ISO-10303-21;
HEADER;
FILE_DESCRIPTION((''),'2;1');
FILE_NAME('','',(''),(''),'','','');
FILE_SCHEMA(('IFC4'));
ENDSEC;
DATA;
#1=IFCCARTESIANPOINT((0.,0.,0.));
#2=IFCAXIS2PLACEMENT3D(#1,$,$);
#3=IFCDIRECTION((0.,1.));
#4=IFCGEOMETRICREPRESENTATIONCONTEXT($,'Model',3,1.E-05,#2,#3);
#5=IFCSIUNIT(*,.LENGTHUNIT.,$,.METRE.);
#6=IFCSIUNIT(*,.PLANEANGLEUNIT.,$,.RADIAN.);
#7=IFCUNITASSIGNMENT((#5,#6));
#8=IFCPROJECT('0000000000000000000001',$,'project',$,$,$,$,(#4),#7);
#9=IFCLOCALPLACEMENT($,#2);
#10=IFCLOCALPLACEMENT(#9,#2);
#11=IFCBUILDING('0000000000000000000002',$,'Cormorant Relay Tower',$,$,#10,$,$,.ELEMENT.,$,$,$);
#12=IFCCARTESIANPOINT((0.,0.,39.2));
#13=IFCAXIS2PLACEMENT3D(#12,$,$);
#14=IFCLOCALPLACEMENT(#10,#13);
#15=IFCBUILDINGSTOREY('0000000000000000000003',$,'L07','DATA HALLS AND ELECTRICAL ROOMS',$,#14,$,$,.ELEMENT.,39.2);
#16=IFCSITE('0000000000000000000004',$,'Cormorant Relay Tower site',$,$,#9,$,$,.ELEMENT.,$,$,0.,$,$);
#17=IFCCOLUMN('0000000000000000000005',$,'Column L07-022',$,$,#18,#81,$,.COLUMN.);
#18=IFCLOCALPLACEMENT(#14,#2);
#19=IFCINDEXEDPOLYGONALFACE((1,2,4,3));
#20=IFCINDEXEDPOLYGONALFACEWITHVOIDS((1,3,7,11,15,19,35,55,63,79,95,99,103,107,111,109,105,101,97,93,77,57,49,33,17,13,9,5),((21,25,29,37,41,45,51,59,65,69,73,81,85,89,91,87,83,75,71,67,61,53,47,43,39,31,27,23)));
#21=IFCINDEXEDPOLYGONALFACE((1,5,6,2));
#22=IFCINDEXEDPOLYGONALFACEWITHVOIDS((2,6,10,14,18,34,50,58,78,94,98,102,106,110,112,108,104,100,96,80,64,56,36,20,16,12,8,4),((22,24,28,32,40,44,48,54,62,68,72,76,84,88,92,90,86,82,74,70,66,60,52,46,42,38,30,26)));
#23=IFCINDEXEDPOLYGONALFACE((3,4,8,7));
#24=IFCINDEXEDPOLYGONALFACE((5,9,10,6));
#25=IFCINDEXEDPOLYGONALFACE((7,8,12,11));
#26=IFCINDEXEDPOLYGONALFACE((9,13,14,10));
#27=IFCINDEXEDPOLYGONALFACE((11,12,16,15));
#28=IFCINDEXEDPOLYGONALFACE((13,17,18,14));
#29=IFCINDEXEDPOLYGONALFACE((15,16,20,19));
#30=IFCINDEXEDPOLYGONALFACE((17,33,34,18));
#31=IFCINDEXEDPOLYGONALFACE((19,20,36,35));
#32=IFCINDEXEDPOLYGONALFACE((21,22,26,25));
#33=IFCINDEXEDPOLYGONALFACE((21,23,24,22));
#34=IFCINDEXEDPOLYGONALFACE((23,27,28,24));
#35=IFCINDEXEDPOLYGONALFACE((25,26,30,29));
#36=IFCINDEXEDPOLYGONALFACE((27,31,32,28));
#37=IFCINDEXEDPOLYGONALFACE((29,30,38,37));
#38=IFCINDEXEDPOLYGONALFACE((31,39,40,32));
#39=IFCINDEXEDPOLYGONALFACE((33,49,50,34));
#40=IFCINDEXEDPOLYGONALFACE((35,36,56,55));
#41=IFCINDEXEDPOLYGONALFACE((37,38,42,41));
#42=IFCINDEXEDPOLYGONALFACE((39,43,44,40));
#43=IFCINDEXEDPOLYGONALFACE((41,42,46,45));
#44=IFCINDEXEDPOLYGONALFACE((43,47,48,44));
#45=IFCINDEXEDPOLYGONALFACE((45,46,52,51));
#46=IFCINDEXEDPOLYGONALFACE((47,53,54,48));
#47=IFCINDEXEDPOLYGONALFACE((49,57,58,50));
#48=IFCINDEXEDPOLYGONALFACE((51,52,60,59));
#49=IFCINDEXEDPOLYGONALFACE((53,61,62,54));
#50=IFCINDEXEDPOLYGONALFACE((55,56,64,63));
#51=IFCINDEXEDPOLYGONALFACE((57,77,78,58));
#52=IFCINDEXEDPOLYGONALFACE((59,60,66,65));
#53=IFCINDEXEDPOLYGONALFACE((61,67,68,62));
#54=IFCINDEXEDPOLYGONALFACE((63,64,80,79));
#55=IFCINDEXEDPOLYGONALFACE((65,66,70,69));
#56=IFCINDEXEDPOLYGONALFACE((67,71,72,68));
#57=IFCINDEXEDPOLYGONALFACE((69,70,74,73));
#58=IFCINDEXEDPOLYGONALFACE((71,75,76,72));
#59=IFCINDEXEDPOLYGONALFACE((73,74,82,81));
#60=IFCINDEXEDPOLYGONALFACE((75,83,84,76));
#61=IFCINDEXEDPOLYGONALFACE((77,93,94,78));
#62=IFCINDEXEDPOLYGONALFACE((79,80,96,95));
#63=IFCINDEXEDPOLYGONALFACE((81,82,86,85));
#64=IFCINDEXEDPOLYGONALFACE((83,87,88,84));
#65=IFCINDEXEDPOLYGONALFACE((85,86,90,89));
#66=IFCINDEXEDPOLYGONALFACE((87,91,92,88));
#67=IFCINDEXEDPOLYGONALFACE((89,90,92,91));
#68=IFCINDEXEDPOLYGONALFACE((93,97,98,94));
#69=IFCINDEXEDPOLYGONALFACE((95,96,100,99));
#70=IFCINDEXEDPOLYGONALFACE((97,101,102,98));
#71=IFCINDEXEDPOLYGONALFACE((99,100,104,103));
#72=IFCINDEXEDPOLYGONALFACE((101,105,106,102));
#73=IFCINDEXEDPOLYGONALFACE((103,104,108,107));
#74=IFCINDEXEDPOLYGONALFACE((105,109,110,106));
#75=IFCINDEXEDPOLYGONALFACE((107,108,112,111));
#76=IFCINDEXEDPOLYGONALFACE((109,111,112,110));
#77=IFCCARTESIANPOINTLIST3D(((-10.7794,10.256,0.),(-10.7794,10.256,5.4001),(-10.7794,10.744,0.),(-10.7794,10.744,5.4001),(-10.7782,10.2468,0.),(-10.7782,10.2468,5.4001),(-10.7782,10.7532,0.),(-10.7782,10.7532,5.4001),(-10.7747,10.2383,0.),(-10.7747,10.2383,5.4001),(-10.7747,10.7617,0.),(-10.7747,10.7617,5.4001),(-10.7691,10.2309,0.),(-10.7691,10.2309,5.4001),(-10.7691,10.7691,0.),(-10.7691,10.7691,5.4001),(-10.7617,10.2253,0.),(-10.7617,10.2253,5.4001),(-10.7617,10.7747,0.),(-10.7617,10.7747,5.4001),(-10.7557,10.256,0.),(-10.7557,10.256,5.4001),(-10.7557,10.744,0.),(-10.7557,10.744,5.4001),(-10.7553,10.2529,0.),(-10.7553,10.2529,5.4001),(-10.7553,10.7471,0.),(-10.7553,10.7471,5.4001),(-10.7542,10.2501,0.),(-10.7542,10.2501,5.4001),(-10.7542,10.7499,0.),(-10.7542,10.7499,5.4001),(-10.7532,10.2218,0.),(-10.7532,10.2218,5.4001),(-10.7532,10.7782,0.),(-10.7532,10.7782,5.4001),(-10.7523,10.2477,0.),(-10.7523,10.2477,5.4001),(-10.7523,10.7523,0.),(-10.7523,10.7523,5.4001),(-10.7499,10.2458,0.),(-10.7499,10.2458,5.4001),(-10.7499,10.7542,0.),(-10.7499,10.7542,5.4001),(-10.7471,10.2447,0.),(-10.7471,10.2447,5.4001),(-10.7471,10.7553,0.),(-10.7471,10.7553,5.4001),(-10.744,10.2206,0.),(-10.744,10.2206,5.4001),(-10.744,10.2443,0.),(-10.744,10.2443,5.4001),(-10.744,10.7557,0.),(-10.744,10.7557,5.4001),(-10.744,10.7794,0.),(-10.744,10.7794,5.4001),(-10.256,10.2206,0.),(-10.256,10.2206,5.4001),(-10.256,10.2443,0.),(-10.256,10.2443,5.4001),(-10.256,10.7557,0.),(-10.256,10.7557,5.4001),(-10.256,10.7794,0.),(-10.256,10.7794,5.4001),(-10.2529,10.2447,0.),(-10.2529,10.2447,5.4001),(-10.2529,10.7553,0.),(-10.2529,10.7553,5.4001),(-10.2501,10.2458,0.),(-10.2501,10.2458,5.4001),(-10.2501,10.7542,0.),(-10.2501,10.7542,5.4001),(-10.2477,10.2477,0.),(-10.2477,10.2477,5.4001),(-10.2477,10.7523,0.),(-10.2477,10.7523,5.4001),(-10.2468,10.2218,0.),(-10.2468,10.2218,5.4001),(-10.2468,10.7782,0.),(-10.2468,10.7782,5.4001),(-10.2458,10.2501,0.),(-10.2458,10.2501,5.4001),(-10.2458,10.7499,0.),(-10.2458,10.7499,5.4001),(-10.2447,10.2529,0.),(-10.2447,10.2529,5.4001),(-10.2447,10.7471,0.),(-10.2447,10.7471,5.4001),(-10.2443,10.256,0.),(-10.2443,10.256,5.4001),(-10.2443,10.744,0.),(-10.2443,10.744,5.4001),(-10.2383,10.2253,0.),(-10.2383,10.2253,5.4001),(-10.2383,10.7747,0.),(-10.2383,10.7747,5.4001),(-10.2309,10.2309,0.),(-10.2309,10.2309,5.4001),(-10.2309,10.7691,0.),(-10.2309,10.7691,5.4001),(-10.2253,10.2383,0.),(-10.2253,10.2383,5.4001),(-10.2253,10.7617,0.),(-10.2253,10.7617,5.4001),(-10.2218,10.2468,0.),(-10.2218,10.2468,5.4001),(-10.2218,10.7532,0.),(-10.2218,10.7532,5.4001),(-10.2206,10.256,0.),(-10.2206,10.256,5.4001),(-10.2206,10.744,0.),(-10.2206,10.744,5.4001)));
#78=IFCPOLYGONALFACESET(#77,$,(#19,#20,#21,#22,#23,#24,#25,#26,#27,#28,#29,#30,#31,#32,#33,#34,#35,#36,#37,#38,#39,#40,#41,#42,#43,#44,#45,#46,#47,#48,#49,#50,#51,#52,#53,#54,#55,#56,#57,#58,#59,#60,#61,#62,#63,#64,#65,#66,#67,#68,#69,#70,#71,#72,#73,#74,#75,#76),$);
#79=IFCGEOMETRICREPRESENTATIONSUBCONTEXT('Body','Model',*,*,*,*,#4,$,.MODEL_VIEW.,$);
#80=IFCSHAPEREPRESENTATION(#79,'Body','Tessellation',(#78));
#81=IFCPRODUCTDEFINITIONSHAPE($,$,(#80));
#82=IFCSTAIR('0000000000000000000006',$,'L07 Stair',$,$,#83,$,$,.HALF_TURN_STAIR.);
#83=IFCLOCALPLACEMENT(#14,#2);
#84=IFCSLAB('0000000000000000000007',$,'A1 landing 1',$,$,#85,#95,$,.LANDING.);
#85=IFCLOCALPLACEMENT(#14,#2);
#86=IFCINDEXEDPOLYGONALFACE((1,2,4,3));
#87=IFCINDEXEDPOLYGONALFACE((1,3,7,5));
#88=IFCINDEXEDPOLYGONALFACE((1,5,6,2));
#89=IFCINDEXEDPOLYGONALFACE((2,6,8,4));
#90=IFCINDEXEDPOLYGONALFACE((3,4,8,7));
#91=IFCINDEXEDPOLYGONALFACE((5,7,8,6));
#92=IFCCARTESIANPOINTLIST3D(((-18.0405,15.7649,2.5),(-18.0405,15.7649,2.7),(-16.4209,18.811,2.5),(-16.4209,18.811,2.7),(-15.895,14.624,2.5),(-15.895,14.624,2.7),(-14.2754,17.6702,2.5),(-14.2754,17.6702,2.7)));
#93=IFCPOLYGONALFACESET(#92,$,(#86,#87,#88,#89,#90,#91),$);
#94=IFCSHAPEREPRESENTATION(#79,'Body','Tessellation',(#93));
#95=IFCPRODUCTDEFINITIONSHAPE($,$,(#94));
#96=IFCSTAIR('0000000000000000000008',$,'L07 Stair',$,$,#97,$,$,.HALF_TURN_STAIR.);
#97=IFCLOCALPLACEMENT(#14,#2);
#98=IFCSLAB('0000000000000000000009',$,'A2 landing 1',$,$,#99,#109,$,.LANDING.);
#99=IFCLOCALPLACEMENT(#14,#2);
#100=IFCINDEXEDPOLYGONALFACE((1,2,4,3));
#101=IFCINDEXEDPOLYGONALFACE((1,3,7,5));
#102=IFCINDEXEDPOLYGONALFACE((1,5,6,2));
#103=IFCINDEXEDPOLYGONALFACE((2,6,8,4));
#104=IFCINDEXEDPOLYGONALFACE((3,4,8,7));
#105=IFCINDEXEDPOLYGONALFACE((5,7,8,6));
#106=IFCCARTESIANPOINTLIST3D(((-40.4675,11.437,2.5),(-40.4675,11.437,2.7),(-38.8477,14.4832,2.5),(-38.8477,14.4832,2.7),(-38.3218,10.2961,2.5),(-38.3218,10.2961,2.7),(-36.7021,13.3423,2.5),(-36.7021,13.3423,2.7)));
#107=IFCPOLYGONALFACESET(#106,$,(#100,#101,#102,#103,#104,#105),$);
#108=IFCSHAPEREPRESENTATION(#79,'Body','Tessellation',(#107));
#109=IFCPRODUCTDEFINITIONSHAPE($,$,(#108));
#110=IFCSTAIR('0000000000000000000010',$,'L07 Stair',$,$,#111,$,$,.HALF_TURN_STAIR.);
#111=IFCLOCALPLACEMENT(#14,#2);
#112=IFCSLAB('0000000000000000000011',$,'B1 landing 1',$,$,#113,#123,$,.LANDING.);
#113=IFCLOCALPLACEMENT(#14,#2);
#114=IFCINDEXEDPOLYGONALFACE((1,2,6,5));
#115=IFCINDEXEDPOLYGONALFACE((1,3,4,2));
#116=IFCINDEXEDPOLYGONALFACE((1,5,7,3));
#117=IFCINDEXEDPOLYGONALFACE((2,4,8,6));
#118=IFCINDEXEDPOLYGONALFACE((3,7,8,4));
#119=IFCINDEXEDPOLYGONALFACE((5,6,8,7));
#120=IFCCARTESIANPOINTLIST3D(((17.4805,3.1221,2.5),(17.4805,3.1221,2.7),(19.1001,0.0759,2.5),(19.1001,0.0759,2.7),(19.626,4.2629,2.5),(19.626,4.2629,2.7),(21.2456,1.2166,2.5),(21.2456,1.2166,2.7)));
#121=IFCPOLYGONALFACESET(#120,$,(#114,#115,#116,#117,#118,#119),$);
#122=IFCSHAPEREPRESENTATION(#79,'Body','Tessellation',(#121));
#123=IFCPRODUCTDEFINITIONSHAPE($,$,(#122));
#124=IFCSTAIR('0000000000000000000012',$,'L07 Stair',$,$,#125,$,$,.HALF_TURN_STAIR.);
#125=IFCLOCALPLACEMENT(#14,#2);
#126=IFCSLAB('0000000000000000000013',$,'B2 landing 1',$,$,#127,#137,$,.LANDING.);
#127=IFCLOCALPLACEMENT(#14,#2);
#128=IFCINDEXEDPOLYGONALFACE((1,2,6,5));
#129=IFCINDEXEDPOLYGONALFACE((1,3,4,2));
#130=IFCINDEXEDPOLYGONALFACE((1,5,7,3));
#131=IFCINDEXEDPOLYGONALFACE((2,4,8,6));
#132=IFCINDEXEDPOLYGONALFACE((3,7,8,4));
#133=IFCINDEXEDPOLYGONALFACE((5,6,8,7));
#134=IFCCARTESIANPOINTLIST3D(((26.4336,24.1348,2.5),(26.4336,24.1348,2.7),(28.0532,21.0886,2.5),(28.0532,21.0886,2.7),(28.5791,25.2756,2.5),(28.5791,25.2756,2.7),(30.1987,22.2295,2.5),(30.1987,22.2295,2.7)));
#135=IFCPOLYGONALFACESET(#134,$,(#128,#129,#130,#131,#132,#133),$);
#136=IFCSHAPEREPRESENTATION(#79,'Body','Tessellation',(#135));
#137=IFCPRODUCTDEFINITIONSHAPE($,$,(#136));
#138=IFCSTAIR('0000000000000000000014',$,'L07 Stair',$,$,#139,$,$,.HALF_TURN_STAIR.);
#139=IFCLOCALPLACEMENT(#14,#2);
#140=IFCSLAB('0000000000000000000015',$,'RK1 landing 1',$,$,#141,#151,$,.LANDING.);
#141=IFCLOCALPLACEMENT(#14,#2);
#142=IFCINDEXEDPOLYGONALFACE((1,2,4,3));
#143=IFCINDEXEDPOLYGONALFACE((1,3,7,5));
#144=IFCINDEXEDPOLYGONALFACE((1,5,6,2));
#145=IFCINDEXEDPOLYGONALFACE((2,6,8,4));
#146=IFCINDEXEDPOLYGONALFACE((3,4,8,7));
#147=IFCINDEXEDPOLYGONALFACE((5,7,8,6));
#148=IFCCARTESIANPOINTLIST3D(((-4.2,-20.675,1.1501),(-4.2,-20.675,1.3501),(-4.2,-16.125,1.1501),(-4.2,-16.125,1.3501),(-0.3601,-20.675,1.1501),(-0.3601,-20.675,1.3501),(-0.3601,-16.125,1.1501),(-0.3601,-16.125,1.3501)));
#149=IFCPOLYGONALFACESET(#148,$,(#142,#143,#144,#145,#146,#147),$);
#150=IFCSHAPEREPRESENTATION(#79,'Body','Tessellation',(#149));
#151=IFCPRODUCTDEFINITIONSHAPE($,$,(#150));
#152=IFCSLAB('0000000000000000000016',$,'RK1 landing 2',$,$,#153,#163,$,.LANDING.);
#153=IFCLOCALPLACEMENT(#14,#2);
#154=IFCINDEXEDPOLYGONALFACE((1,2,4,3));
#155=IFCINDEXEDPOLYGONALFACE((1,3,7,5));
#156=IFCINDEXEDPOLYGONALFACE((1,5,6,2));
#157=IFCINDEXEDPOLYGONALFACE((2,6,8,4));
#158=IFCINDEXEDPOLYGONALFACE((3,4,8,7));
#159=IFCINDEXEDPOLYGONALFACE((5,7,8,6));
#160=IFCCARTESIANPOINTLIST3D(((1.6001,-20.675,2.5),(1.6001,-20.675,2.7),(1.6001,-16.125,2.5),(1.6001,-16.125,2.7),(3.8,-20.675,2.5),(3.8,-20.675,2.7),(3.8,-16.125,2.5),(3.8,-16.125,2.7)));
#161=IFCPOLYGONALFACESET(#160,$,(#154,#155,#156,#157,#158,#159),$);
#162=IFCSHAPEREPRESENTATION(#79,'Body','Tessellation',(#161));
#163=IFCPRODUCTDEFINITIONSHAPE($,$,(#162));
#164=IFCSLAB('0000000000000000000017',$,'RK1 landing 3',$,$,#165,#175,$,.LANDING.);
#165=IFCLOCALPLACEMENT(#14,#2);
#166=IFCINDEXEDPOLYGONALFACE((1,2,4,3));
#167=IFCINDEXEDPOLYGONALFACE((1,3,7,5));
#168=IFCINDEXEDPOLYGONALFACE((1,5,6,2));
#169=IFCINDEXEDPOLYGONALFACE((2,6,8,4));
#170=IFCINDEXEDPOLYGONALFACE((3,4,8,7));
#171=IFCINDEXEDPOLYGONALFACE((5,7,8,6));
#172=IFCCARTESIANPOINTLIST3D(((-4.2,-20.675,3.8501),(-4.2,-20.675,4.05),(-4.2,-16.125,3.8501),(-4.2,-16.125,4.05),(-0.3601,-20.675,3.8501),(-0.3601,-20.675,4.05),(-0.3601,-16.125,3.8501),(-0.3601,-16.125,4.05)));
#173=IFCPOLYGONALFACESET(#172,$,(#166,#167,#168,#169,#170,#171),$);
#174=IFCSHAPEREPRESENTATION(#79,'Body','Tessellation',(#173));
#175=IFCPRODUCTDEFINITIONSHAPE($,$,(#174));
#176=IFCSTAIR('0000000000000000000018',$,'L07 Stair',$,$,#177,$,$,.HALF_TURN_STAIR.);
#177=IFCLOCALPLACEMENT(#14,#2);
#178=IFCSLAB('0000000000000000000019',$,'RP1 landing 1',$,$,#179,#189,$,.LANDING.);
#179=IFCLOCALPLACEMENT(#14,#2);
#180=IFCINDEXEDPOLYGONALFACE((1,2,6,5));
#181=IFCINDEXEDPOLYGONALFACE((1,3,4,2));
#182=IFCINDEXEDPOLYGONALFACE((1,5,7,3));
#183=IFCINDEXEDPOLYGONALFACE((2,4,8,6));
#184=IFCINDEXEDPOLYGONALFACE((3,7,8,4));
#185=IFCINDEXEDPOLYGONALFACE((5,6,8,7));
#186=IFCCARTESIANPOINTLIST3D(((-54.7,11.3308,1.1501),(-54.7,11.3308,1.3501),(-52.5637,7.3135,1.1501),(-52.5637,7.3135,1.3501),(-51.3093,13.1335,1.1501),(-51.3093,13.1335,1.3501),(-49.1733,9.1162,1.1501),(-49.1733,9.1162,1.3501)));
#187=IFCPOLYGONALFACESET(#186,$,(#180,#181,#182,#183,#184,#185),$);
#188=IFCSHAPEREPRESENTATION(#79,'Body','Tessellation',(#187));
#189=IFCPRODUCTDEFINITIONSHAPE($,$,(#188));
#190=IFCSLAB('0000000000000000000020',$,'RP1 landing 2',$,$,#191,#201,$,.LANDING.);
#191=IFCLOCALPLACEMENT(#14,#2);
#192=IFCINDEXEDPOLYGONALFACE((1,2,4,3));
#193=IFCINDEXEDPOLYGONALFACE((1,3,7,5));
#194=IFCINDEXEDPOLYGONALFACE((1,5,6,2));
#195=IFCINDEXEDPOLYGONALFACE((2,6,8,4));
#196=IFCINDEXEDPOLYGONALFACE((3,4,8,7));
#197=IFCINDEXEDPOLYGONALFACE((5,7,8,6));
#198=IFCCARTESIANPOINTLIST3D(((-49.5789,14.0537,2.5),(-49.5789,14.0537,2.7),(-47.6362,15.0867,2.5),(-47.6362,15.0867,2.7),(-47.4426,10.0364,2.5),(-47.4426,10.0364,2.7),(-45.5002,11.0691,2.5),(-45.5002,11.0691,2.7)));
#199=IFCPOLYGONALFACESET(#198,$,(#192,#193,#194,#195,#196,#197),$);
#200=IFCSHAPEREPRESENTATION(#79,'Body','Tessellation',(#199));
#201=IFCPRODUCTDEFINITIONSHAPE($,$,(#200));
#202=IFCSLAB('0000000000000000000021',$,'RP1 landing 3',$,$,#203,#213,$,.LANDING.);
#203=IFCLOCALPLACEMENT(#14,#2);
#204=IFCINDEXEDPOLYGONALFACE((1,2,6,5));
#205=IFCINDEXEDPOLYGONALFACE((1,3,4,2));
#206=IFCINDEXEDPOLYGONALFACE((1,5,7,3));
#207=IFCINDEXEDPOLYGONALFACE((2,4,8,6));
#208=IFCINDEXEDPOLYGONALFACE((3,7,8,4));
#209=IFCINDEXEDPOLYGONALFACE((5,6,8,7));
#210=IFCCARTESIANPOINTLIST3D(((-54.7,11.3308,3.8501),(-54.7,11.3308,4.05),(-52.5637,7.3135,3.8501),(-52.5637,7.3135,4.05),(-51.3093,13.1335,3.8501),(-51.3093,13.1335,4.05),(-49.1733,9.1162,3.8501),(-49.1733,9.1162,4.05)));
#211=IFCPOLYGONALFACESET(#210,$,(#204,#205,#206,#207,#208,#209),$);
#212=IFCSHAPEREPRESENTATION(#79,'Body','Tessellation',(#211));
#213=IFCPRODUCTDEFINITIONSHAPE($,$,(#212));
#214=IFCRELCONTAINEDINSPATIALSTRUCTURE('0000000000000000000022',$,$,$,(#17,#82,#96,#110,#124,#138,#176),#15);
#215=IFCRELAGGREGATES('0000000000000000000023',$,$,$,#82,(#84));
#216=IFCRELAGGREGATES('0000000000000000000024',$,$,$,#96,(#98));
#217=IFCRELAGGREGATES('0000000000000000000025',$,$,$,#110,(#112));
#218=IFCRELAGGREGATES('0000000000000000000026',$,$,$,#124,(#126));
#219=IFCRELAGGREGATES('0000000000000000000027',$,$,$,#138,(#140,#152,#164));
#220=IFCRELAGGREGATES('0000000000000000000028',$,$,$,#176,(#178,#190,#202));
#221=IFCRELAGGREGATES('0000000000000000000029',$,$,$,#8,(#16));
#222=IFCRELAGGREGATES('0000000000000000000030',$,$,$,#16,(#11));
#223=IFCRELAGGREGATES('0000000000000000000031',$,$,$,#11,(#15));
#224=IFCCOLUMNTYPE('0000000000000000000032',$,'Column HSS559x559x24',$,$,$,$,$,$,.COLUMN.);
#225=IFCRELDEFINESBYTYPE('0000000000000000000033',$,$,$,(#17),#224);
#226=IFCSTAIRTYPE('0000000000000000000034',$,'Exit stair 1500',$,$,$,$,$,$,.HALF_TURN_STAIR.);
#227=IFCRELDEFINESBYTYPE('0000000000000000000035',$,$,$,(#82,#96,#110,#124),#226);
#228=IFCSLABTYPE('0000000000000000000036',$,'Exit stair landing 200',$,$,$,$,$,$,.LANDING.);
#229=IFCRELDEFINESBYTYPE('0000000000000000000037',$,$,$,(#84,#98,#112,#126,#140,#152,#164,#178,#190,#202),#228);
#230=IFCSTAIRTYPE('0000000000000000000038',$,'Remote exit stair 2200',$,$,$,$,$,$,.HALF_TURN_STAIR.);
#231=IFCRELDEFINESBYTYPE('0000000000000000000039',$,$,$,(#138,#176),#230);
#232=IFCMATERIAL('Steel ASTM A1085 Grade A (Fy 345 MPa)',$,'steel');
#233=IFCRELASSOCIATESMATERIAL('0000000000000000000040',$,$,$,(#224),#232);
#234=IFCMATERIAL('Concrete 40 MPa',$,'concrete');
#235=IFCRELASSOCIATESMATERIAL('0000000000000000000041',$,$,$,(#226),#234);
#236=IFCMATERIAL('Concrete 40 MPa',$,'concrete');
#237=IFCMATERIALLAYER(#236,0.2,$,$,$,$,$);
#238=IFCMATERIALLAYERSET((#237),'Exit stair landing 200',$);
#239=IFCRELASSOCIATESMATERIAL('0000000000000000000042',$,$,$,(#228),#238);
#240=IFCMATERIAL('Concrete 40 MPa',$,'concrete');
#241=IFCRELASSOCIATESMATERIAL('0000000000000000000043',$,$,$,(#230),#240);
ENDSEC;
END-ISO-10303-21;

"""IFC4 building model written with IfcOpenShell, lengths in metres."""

from ifc_helpers import new_model, si_unit, direction, frame, origin, origin_2d, place, context, subcontext, project, spatial, polyline, hollow_rectangle, outline, extrude, material, layer, layer_set, material_profile, profile_set, type_object, element, aggregate, save


model = new_model("IFC4")

# Units and contexts
model_context = context("Model", 3, precision=1e-05, world=origin(), true_north=direction((0.0, 1.0)))
body_context = subcontext(model_context, "Body", "Model", "MODEL_VIEW")
ifc_project = project(units=[si_unit("LENGTHUNIT", "METRE"), si_unit("PLANEANGLEUNIT", "RADIAN")], contexts=[model_context])

# Site, building, storey
site_placement = place(None, origin())
site = spatial("IfcSite", under=ifc_project, at=site_placement, Name="Cormorant Relay Tower site", CompositionType="ELEMENT", RefElevation=0.0)
building_placement = place(site_placement, origin())
building = spatial("IfcBuilding", under=site, at=building_placement, Name="Cormorant Relay Tower", CompositionType="ELEMENT")
storey_placement = place(building_placement, frame((0.0, 0.0, 39.2)))
storey = spatial("IfcBuildingStorey", under=building, at=storey_placement, Name="L07", Description="DATA HALLS AND ELECTRICAL ROOMS", CompositionType="ELEMENT", Elevation=39.2)

# Column
ifc_material_1 = material(Name="Steel ASTM A1085 Grade A (Fy 345 MPa)", Category="steel")
ifc_material_profile = material_profile(ifc_material_1, hollow_rectangle(XDim=0.5588, YDim=0.5588, WallThickness=0.0237, InnerFilletRadius=0.0117, OuterFilletRadius=0.0354, at=origin_2d()), Name="HSS559x559x24")
ifc_profile_set = profile_set([ifc_material_profile], Name="Steel ASTM A1085 Grade A (Fy 345 MPa)")
column_type = type_object("IfcColumnType", Name="Column HSS559x559x24", PredefinedType="COLUMN", material=ifc_profile_set)
column_placement = place(storey_placement, frame((-10.5, 10.5, 0.0), z_axis=(0.0, 0.0, 1.0), x_axis=(1.0, 0.0, 0.0)))
element("IfcColumn", 1, at=column_placement, inside=storey, type_object=column_type, Name="Column L07-022", PredefinedType="COLUMN", context=body_context, shape_type="SweptSolid", body=[
    extrude(hollow_rectangle(XDim=0.5588, YDim=0.5588, WallThickness=0.0237, InnerFilletRadius=0.0117, OuterFilletRadius=0.0354, at=origin_2d()), origin(), (0.0, 0.0, 1.0), 5.4001),
])

# Stairs, slabs
ifc_material_2 = material(Name="Concrete 40 MPa", Category="concrete")
stair_type_1 = type_object("IfcStairType", Name="Exit stair 1500", PredefinedType="HALF_TURN_STAIR", material=ifc_material_2)
stair_1_placement = place(storey_placement, origin())
stair_1 = element("IfcStair", 2, at=stair_1_placement, inside=storey, type_object=stair_type_1, Name="L07 Stair", PredefinedType="HALF_TURN_STAIR")
ifc_material_3 = material(Name="Concrete 40 MPa", Category="concrete")
ifc_layer_1 = layer(ifc_material_3, 0.2)
ifc_layer_set_1 = layer_set([ifc_layer_1], Name="Exit stair landing 200")
slab_type = type_object("IfcSlabType", Name="Exit stair landing 200", PredefinedType="LANDING", material=ifc_layer_set_1)
slab_1_placement = place(storey_placement, frame((0.0, 0.0, 2.5)))
slab_1 = element("IfcSlab", 3, at=slab_1_placement, type_object=slab_type, Name="A1 landing 1", PredefinedType="LANDING", context=body_context, shape_type="SweptSolid", body=[
    extrude(outline(polyline([(-18.0405, 15.7649), (-15.895, 14.624), (-14.2754, 17.6702), (-16.4209, 18.811), (-18.0405, 15.7649)])), origin(), (0.0, 0.0, 1.0), 0.2),
])
aggregate(stair_1, [slab_1])
stair_2_placement = place(storey_placement, origin())
stair_2 = element("IfcStair", 4, at=stair_2_placement, inside=storey, type_object=stair_type_1, Name="L07 Stair", PredefinedType="HALF_TURN_STAIR")
slab_2_placement = place(storey_placement, frame((0.0, 0.0, 2.5)))
slab_2 = element("IfcSlab", 5, at=slab_2_placement, type_object=slab_type, Name="A2 landing 1", PredefinedType="LANDING", context=body_context, shape_type="SweptSolid", body=[
    extrude(outline(polyline([(-36.7021, 13.3423), (-38.8477, 14.4832), (-40.4675, 11.437), (-38.3218, 10.2961), (-36.7021, 13.3423)])), origin(), (0.0, 0.0, 1.0), 0.2),
])
aggregate(stair_2, [slab_2])
stair_3_placement = place(storey_placement, origin())
stair_3 = element("IfcStair", 6, at=stair_3_placement, inside=storey, type_object=stair_type_1, Name="L07 Stair", PredefinedType="HALF_TURN_STAIR")
slab_3_placement = place(storey_placement, frame((0.0, 0.0, 2.5)))
slab_3 = element("IfcSlab", 7, at=slab_3_placement, type_object=slab_type, Name="B1 landing 1", PredefinedType="LANDING", context=body_context, shape_type="SweptSolid", body=[
    extrude(outline(polyline([(19.626, 4.2629), (17.4805, 3.1221), (19.1001, 0.0759), (21.2456, 1.2166), (19.626, 4.2629)])), origin(), (0.0, 0.0, 1.0), 0.2),
])
aggregate(stair_3, [slab_3])
stair_4_placement = place(storey_placement, origin())
stair_4 = element("IfcStair", 8, at=stair_4_placement, inside=storey, type_object=stair_type_1, Name="L07 Stair", PredefinedType="HALF_TURN_STAIR")
slab_4_placement = place(storey_placement, frame((0.0, 0.0, 2.5)))
slab_4 = element("IfcSlab", 9, at=slab_4_placement, type_object=slab_type, Name="B2 landing 1", PredefinedType="LANDING", context=body_context, shape_type="SweptSolid", body=[
    extrude(outline(polyline([(28.0532, 21.0886), (30.1987, 22.2295), (28.5791, 25.2756), (26.4336, 24.1348), (28.0532, 21.0886)])), origin(), (0.0, 0.0, 1.0), 0.2),
])
aggregate(stair_4, [slab_4])

# Stairs, slabs
ifc_material_4 = material(Name="Concrete 40 MPa", Category="concrete")
stair_type_2 = type_object("IfcStairType", Name="Remote exit stair 2200", PredefinedType="HALF_TURN_STAIR", material=ifc_material_4)
stair_5_placement = place(storey_placement, origin())
stair_5 = element("IfcStair", 10, at=stair_5_placement, inside=storey, type_object=stair_type_2, Name="L07 Stair", PredefinedType="HALF_TURN_STAIR")
slab_5_placement = place(storey_placement, frame((0.0, 0.0, 1.1501)))
slab_5 = element("IfcSlab", 11, at=slab_5_placement, type_object=slab_type, Name="RK1 landing 1", PredefinedType="LANDING", context=body_context, shape_type="SweptSolid", body=[
    extrude(outline(polyline([(-0.3601, -16.125), (-4.2, -16.125), (-4.2, -20.675), (-0.3601, -20.675), (-0.3601, -16.125)])), origin(), (0.0, 0.0, 1.0), 0.2),
])
slab_6_placement = place(storey_placement, frame((0.0, 0.0, 2.5)))
slab_6 = element("IfcSlab", 12, at=slab_6_placement, type_object=slab_type, Name="RK1 landing 2", PredefinedType="LANDING", context=body_context, shape_type="SweptSolid", body=[
    extrude(outline(polyline([(3.8, -16.125), (1.6001, -16.125), (1.6001, -20.675), (3.8, -20.675), (3.8, -16.125)])), origin(), (0.0, 0.0, 1.0), 0.2),
])
slab_7_placement = place(storey_placement, frame((0.0, 0.0, 3.8501)))
slab_7 = element("IfcSlab", 13, at=slab_7_placement, type_object=slab_type, Name="RK1 landing 3", PredefinedType="LANDING", context=body_context, shape_type="SweptSolid", body=[
    extrude(outline(polyline([(-0.3601, -16.125), (-4.2, -16.125), (-4.2, -20.675), (-0.3601, -20.675), (-0.3601, -16.125)])), origin(), (0.0, 0.0, 1.0), 0.2),
])
aggregate(stair_5, [slab_5, slab_6, slab_7])
stair_6_placement = place(storey_placement, origin())
stair_6 = element("IfcStair", 14, at=stair_6_placement, inside=storey, type_object=stair_type_2, Name="L07 Stair", PredefinedType="HALF_TURN_STAIR")
slab_8_placement = place(storey_placement, frame((0.0, 0.0, 1.1501)))
slab_8 = element("IfcSlab", 15, at=slab_8_placement, type_object=slab_type, Name="RP1 landing 1", PredefinedType="LANDING", context=body_context, shape_type="SweptSolid", body=[
    extrude(outline(polyline([(-51.3093, 13.1335), (-54.7, 11.3308), (-52.5637, 7.3135), (-49.1733, 9.1162), (-51.3093, 13.1335)])), origin(), (0.0, 0.0, 1.0), 0.2),
])
slab_9_placement = place(storey_placement, frame((0.0, 0.0, 2.5)))
slab_9 = element("IfcSlab", 16, at=slab_9_placement, type_object=slab_type, Name="RP1 landing 2", PredefinedType="LANDING", context=body_context, shape_type="SweptSolid", body=[
    extrude(outline(polyline([(-47.6362, 15.0867), (-49.5789, 14.0537), (-47.4426, 10.0364), (-45.5002, 11.0691), (-47.6362, 15.0867)])), origin(), (0.0, 0.0, 1.0), 0.2),
])
slab_10_placement = place(storey_placement, frame((0.0, 0.0, 3.8501)))
slab_10 = element("IfcSlab", 17, at=slab_10_placement, type_object=slab_type, Name="RP1 landing 3", PredefinedType="LANDING", context=body_context, shape_type="SweptSolid", body=[
    extrude(outline(polyline([(-51.3093, 13.1335), (-54.7, 11.3308), (-52.5637, 7.3135), (-49.1733, 9.1162), (-51.3093, 13.1335)])), origin(), (0.0, 0.0, 1.0), 0.2),
])
aggregate(stair_6, [slab_8, slab_9, slab_10])

save(model, "model.ifc")
